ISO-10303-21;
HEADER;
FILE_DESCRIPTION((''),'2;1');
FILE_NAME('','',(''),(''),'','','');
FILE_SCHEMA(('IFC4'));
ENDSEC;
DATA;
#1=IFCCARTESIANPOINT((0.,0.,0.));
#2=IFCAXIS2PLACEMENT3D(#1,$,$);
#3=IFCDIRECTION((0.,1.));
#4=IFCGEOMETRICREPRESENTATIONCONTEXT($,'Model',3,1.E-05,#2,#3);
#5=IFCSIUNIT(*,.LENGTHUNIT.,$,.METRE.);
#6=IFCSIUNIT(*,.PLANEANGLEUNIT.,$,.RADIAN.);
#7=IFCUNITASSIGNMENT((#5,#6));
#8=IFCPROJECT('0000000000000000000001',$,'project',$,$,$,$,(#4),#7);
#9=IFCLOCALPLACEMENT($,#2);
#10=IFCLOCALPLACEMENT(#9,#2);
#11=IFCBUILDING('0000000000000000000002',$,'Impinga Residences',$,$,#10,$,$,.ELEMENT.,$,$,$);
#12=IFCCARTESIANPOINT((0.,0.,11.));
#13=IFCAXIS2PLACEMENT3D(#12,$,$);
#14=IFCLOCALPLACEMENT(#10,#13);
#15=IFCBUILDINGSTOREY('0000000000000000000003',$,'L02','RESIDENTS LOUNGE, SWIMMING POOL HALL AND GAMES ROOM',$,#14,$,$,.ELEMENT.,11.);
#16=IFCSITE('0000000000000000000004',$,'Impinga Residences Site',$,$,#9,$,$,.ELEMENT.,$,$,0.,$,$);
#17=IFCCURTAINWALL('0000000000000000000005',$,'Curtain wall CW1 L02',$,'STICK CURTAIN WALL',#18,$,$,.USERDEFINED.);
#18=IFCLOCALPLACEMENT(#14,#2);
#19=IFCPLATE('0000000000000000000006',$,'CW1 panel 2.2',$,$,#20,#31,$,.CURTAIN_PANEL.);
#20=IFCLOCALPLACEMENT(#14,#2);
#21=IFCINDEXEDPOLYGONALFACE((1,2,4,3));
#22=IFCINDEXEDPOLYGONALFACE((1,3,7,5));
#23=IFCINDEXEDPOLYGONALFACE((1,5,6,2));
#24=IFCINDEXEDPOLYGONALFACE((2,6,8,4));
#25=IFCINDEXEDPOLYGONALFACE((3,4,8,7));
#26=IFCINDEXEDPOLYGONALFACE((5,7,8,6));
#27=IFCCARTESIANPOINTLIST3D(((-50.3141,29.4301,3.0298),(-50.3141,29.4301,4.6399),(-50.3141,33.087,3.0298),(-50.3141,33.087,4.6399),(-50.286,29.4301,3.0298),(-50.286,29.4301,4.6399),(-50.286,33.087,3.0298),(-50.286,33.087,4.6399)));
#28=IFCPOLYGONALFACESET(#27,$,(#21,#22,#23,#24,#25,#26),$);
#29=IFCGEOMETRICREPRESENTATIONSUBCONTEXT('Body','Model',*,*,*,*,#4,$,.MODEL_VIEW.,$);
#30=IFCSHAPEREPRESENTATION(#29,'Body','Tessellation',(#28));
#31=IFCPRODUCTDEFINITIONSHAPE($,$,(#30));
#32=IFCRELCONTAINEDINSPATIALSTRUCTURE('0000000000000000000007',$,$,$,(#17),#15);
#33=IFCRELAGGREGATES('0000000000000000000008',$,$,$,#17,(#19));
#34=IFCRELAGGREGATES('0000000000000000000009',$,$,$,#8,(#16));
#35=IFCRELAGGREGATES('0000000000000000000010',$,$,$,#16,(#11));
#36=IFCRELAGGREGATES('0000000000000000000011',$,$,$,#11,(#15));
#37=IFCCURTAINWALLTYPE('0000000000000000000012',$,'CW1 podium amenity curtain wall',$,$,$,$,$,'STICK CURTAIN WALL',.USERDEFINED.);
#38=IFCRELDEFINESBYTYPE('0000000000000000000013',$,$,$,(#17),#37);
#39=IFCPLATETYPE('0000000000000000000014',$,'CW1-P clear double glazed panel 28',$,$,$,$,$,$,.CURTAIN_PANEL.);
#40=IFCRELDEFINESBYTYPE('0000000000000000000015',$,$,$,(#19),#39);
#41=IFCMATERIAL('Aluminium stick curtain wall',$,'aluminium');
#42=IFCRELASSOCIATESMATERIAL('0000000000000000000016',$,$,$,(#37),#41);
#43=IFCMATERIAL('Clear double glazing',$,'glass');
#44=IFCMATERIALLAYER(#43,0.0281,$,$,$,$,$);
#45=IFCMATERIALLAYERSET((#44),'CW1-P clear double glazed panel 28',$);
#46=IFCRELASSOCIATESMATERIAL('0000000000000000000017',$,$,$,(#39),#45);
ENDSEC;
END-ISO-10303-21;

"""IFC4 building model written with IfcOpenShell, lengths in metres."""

from ifc_helpers import new_model, si_unit, direction, frame, origin, origin_2d, place, context, subcontext, project, spatial, rectangle, extrude, material, layer, layer_set, type_object, element, aggregate, save


model = new_model("IFC4")

# Units and contexts
model_context = context("Model", 3, precision=1e-05, world=origin(), true_north=direction((0.0, 1.0)))
body_context = subcontext(model_context, "Body", "Model", "MODEL_VIEW")
ifc_project = project(units=[si_unit("LENGTHUNIT", "METRE"), si_unit("PLANEANGLEUNIT", "RADIAN")], contexts=[model_context])

# Site, building, storey
site_placement = place(None, origin())
site = spatial("IfcSite", under=ifc_project, at=site_placement, Name="Impinga Residences Site", CompositionType="ELEMENT", RefElevation=0.0)
building_placement = place(site_placement, origin())
building = spatial("IfcBuilding", under=site, at=building_placement, Name="Impinga Residences", CompositionType="ELEMENT")
storey_placement = place(building_placement, frame((0.0, 0.0, 11.0)))
storey = spatial("IfcBuildingStorey", under=building, at=storey_placement, Name="L02", Description="RESIDENTS LOUNGE, SWIMMING POOL HALL AND GAMES ROOM", CompositionType="ELEMENT", Elevation=11.0)

# Shared definitions
ifc_material_1 = material(Name="Aluminium stick curtain wall", Category="aluminium")
curtain_wall_type = type_object("IfcCurtainWallType", Name="CW1 podium amenity curtain wall", ElementType="STICK CURTAIN WALL", PredefinedType="USERDEFINED", material=ifc_material_1)

# Curtain wall
curtain_wall_1_placement = place(storey_placement, origin())
curtain_wall_1 = element("IfcCurtainWall", 1, at=curtain_wall_1_placement, inside=storey, type_object=curtain_wall_type, Name="Curtain wall CW1 L02", ObjectType="STICK CURTAIN WALL", PredefinedType="USERDEFINED")

# Plate
ifc_material_2 = material(Name="Clear double glazing", Category="glass")
ifc_layer = layer(ifc_material_2, 0.0281)
ifc_layer_set = layer_set([ifc_layer], Name="CW1-P clear double glazed panel 28")
plate_type = type_object("IfcPlateType", Name="CW1-P clear double glazed panel 28", PredefinedType="CURTAIN_PANEL", material=ifc_layer_set)
plate_1_placement = place(storey_placement, frame((-50.3, 31.2585, 3.0298), z_axis=(0.0, 0.0, 1.0), x_axis=(0.0, 1.0, 0.0)))
plate_1 = element("IfcPlate", 2, at=plate_1_placement, type_object=plate_type, Name="CW1 panel 2.2", PredefinedType="CURTAIN_PANEL", context=body_context, shape_type="SweptSolid", body=[
    extrude(rectangle(XDim=3.657, YDim=0.0281, at=origin_2d()), origin(), (0.0, 0.0, 1.0), 1.6101),
])
aggregate(curtain_wall_1, [plate_1])

save(model, "model.ifc")
